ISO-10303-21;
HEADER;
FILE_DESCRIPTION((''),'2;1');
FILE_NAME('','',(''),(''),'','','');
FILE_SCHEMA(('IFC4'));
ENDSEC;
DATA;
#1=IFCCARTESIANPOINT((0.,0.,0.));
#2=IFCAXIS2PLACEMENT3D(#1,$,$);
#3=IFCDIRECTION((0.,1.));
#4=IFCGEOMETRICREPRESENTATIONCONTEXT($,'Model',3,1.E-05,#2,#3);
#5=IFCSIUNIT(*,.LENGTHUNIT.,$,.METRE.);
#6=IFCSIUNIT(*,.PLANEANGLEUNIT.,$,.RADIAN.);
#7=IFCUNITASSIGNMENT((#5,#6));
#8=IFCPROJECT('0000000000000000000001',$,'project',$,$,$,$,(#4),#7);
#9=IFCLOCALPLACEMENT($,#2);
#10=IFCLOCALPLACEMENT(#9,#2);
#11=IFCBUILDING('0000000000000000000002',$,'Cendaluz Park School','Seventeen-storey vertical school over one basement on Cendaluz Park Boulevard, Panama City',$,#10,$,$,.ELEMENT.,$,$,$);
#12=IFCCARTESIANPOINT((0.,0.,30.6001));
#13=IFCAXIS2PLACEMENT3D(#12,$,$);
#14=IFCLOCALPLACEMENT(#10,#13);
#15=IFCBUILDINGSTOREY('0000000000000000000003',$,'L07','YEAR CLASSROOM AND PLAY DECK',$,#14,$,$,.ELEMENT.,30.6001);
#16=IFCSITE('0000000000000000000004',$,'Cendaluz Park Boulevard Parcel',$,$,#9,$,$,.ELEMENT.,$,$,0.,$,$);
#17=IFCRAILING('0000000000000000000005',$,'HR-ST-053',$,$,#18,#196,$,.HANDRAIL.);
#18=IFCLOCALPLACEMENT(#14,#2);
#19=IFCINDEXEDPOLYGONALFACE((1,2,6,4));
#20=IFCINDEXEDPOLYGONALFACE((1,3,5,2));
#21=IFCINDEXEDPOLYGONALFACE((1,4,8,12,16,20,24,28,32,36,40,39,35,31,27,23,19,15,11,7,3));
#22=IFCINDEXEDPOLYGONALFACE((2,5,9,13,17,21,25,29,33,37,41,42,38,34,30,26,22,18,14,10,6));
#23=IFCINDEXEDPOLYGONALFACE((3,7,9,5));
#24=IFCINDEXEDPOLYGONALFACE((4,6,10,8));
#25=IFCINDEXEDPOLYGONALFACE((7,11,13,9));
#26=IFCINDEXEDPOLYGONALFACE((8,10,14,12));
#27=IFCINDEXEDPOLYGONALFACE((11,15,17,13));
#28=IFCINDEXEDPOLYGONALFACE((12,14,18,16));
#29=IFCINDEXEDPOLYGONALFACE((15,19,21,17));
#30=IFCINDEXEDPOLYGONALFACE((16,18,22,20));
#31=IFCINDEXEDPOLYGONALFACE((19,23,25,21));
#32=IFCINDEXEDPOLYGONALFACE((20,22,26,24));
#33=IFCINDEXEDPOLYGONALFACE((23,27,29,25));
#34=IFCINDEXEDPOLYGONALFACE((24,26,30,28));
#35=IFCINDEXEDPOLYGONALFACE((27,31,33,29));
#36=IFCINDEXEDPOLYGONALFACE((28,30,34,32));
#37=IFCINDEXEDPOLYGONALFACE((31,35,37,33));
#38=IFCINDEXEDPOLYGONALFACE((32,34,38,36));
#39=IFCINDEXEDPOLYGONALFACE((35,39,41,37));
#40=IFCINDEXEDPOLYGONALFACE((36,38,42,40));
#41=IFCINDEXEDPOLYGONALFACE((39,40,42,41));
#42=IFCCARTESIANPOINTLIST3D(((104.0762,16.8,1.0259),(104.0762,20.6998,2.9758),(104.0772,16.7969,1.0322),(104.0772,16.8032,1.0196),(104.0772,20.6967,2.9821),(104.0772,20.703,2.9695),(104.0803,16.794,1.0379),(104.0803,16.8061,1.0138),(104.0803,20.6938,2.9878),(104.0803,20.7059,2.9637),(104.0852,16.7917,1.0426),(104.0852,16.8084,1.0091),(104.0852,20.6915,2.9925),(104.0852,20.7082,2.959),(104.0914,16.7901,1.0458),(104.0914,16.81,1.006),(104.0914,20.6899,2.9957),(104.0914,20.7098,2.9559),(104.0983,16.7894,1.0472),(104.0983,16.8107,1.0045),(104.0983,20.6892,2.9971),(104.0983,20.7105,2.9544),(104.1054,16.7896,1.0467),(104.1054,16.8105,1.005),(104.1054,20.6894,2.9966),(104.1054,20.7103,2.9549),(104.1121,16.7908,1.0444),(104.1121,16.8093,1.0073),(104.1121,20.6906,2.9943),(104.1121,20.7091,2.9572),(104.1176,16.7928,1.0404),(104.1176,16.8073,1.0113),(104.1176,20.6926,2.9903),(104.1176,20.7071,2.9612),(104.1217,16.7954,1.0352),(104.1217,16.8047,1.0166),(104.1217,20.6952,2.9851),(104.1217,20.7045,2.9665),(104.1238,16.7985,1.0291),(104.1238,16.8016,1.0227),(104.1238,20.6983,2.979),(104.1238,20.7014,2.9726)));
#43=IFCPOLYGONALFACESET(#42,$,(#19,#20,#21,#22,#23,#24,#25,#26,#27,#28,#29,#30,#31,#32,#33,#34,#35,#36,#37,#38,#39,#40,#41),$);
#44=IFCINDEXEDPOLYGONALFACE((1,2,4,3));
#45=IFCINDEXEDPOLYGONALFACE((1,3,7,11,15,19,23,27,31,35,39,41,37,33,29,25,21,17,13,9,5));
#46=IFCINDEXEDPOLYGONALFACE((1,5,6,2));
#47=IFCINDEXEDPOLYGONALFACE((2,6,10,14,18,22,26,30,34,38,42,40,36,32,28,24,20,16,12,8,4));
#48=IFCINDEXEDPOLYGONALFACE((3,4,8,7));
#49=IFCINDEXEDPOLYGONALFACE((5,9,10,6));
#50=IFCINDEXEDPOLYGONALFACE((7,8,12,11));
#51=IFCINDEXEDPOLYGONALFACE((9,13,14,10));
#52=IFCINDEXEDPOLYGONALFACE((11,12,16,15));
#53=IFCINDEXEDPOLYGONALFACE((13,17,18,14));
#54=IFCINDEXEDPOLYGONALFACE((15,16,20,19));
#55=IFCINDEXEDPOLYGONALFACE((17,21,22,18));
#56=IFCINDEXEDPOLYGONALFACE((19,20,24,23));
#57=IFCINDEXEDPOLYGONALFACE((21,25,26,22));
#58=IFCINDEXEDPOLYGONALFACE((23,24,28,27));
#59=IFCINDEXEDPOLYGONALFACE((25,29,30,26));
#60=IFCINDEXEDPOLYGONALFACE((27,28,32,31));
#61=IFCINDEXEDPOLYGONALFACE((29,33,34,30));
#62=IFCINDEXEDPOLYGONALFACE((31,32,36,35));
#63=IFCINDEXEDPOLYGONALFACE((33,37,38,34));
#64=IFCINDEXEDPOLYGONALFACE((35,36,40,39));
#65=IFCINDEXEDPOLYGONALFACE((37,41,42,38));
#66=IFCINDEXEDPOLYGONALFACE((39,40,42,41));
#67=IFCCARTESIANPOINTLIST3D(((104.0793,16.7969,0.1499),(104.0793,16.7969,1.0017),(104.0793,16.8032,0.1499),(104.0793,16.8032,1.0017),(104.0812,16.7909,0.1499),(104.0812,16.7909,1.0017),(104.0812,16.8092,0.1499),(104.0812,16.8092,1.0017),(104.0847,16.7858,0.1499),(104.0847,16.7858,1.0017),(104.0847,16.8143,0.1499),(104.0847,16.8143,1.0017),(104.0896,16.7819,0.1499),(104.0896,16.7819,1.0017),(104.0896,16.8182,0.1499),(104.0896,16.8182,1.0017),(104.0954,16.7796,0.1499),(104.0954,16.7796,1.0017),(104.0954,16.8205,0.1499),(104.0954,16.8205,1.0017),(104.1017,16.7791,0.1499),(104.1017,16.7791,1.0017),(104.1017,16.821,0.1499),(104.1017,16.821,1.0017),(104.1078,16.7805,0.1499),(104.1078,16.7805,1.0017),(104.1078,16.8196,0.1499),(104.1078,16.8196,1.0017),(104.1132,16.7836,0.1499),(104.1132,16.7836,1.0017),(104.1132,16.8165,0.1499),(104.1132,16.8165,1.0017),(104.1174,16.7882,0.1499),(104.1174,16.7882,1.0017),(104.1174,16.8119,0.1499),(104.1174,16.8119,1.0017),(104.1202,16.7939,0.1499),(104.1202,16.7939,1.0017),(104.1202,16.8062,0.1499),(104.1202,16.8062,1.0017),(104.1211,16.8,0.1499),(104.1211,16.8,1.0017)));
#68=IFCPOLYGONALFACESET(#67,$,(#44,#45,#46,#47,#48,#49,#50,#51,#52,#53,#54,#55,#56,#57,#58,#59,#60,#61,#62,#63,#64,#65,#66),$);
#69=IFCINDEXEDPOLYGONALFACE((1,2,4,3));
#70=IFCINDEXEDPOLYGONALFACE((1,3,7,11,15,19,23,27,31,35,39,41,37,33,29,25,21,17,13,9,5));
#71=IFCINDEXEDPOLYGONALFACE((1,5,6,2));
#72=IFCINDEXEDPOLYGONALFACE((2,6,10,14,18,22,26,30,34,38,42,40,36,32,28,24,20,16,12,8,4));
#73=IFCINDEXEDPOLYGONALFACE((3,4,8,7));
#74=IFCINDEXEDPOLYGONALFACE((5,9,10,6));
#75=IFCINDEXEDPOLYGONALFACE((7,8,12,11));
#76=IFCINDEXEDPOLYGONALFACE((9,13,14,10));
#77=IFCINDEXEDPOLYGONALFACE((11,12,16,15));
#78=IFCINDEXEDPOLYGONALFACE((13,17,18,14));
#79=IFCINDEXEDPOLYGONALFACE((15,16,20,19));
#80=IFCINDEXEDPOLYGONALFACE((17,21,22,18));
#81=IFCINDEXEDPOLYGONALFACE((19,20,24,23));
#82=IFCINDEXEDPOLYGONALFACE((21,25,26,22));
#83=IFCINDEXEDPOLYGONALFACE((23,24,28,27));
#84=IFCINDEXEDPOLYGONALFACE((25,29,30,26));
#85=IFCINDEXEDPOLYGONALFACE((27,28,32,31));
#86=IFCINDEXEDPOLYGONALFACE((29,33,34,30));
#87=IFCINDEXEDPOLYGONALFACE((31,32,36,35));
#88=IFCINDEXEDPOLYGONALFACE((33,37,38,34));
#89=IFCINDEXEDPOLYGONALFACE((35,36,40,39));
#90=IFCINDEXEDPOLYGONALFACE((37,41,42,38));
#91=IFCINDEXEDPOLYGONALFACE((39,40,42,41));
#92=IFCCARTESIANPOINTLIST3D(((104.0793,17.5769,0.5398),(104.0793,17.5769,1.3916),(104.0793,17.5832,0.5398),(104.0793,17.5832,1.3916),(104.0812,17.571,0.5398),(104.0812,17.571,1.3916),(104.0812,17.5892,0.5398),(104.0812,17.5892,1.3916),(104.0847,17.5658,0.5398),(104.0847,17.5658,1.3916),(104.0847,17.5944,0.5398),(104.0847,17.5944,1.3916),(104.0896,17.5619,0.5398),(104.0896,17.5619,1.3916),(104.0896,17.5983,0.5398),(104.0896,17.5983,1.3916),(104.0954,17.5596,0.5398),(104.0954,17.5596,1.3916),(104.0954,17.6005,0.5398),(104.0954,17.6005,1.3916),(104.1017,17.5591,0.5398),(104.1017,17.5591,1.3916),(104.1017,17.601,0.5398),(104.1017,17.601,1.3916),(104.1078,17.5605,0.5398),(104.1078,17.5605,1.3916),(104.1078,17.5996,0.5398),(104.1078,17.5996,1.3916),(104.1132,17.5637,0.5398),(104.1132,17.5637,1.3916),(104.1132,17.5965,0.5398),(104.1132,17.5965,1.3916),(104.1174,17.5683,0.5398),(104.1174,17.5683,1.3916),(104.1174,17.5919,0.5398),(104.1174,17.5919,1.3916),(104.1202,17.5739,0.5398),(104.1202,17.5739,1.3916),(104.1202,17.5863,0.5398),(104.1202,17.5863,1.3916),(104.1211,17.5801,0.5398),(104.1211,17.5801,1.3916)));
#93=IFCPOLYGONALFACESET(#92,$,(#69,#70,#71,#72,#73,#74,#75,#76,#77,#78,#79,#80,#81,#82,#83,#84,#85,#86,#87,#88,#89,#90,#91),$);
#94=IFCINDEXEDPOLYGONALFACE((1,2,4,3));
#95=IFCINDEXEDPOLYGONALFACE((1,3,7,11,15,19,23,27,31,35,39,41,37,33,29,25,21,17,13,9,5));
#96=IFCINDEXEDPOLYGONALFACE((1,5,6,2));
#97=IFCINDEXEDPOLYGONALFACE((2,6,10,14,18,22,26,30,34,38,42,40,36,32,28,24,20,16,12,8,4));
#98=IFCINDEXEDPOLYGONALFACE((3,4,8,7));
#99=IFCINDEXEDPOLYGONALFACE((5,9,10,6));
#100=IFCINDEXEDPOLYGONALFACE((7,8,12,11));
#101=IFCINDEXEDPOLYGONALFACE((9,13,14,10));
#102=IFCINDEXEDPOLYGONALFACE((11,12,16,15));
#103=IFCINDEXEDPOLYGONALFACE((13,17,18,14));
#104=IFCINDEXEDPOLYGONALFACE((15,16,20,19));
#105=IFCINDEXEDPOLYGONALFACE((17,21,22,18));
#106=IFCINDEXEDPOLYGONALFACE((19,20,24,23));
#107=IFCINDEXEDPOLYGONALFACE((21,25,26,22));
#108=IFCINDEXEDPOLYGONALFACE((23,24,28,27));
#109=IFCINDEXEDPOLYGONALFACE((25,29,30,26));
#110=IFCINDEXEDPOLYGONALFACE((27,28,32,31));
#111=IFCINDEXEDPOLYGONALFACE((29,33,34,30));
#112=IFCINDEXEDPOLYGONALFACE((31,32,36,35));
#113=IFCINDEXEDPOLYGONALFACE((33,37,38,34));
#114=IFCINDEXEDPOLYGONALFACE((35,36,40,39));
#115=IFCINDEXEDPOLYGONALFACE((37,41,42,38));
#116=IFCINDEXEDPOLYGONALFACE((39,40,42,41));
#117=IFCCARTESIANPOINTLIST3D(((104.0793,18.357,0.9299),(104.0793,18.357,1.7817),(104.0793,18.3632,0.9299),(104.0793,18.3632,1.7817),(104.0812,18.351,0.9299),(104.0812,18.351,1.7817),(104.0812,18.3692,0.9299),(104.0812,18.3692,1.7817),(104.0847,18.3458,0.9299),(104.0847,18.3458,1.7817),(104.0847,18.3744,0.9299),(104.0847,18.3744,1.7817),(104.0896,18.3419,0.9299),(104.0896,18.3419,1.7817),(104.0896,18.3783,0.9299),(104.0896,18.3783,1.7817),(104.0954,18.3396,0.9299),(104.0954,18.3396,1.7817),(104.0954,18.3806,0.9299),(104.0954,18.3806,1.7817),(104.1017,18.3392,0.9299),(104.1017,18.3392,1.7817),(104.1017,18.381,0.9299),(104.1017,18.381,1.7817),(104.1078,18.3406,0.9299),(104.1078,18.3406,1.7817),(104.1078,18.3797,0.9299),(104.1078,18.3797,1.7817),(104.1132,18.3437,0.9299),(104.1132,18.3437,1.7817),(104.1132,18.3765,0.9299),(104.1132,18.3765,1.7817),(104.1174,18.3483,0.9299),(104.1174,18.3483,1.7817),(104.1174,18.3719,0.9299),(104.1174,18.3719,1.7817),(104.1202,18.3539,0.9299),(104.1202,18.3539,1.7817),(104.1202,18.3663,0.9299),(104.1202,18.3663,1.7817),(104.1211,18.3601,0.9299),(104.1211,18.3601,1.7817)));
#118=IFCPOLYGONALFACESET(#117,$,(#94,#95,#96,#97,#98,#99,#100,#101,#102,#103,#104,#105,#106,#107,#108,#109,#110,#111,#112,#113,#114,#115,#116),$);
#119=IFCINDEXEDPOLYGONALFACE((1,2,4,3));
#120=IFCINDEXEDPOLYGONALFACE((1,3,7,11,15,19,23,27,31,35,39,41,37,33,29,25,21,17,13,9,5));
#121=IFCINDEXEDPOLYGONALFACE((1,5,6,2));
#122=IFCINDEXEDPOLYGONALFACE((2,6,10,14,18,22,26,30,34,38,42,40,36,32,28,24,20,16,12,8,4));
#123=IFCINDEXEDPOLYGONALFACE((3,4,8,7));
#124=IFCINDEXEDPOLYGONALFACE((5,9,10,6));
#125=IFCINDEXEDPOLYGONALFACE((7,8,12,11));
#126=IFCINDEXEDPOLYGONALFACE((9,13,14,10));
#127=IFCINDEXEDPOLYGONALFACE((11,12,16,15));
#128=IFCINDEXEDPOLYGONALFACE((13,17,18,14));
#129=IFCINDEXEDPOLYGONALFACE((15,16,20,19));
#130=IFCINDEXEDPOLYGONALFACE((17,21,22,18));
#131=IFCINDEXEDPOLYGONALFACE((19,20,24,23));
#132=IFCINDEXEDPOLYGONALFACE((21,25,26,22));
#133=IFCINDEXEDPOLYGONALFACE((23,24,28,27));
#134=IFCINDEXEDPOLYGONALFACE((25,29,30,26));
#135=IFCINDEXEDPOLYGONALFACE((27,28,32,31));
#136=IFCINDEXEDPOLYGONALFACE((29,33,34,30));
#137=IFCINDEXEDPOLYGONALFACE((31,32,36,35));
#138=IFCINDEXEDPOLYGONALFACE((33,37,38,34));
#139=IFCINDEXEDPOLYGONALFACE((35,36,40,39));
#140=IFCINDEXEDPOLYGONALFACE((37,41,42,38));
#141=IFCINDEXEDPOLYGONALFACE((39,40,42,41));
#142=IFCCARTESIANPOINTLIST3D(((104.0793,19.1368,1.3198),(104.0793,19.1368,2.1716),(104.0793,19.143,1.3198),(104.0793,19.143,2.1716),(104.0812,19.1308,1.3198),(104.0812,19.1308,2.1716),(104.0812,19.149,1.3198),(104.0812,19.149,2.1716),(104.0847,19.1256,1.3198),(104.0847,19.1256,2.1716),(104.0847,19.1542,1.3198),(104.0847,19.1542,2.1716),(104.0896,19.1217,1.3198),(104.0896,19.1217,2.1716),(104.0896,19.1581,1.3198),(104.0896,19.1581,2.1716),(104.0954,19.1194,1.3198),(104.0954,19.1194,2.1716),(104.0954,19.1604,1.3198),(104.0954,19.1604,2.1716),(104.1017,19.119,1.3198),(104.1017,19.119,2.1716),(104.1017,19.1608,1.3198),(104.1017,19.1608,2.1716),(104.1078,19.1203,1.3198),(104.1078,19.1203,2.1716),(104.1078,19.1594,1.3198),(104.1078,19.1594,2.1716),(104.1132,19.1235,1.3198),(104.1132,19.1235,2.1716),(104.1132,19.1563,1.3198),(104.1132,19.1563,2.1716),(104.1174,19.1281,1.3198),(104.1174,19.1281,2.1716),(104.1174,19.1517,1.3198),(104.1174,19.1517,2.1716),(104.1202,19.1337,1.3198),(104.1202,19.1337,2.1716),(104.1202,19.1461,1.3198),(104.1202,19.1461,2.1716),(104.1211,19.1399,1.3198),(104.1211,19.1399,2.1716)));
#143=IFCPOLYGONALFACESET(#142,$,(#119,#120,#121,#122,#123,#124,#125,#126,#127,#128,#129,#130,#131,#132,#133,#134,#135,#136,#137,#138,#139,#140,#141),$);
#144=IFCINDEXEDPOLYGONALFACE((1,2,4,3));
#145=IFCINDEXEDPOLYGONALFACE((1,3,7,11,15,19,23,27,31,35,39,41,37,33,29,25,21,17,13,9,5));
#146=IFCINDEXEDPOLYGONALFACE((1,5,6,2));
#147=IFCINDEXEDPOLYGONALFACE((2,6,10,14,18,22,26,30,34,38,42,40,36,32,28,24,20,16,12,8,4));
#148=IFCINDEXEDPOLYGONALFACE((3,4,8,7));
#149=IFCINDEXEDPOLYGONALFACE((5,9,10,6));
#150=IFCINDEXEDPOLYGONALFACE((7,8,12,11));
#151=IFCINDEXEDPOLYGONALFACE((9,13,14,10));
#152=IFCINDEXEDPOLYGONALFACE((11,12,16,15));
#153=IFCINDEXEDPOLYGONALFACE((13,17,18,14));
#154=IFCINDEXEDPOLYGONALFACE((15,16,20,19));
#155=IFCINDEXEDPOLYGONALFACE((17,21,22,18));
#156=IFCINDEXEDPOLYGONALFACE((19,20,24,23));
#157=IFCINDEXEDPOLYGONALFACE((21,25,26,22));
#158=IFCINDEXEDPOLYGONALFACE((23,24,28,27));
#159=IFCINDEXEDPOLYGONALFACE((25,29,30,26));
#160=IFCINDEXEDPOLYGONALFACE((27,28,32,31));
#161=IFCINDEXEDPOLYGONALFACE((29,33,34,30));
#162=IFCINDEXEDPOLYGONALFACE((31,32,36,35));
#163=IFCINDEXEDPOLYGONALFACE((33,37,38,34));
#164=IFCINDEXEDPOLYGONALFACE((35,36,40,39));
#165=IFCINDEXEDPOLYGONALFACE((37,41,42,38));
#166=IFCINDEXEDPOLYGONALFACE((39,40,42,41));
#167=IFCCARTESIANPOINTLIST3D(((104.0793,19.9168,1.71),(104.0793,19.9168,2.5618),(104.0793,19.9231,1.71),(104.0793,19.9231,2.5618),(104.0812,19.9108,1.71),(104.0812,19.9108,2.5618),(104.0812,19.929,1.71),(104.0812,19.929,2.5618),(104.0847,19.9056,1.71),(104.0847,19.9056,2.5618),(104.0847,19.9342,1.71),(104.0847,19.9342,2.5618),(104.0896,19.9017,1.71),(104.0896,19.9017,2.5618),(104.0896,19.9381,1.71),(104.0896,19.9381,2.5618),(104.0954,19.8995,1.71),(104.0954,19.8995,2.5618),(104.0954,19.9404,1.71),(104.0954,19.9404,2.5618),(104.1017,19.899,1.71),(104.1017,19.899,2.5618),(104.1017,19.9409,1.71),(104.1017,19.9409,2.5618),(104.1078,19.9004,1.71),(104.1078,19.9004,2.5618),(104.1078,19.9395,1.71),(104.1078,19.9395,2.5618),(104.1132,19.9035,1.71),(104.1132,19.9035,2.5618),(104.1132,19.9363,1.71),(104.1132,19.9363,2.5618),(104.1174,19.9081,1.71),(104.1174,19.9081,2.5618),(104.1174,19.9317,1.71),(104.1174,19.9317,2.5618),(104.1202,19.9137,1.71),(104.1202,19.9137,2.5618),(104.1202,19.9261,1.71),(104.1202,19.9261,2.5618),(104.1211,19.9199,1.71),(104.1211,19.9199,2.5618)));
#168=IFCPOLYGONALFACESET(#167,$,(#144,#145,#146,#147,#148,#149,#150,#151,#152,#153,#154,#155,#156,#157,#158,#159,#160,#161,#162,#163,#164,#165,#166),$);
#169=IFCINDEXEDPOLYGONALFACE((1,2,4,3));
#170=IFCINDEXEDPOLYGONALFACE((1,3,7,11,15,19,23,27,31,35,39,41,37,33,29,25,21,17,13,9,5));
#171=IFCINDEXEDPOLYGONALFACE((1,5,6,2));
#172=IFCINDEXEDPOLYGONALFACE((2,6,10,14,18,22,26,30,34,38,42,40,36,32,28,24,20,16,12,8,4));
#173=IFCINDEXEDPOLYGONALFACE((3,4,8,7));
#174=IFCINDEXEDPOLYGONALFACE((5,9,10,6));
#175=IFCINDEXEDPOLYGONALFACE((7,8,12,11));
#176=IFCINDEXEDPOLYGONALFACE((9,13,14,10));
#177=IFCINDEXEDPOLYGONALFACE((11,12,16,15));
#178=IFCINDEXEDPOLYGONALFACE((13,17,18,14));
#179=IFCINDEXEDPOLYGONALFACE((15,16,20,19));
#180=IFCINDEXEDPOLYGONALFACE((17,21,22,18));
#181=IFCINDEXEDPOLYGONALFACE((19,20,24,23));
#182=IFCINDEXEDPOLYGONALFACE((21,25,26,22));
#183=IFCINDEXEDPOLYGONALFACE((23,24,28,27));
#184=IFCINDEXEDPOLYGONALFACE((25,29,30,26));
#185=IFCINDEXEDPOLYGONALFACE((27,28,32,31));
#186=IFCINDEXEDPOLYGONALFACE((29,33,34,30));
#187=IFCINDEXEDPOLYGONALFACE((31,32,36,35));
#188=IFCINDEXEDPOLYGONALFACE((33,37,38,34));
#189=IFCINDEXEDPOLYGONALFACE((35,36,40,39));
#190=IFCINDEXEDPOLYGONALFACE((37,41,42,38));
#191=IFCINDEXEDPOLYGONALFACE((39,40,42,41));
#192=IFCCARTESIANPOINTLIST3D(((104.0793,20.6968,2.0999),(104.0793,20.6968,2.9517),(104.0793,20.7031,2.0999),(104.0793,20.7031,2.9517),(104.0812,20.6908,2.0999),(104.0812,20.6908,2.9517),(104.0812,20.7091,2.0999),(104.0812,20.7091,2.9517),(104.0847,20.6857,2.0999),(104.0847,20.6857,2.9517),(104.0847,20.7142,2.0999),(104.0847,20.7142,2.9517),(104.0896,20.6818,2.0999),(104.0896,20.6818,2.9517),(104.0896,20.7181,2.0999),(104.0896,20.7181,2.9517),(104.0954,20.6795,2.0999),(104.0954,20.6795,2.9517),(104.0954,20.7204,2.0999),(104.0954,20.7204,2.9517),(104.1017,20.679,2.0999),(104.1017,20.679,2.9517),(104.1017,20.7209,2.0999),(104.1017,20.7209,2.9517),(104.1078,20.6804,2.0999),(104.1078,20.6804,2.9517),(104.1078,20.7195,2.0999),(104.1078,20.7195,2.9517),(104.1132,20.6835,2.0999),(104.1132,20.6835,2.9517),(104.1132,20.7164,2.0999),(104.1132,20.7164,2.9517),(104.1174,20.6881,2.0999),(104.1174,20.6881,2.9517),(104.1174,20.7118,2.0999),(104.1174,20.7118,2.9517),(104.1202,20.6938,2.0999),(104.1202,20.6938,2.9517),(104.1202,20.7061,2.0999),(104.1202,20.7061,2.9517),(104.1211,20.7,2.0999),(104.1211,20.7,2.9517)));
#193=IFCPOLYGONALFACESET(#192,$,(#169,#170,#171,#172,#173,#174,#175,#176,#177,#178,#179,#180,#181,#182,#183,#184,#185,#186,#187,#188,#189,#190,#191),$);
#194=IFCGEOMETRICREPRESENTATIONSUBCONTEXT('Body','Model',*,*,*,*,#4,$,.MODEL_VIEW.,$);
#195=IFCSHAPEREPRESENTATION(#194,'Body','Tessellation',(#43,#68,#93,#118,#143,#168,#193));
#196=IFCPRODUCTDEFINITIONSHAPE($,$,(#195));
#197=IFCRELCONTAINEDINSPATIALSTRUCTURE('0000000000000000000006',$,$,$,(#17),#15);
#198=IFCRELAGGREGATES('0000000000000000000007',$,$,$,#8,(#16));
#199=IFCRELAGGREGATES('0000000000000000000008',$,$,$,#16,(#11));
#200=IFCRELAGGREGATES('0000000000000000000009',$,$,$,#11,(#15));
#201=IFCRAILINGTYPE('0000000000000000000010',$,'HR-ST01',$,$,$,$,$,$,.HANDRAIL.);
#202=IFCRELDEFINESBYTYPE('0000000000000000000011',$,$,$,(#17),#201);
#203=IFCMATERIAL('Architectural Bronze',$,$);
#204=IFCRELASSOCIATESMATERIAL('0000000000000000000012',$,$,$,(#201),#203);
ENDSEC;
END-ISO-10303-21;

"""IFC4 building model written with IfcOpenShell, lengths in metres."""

from ifc_helpers import new_model, si_unit, direction, frame, origin, origin_2d, place, context, subcontext, project, spatial, circle, extrude, material, type_object, element, save


model = new_model("IFC4")

# Units and contexts
model_context = context("Model", 3, precision=1e-05, world=origin(), true_north=direction((0.0, 1.0)))
body_context = subcontext(model_context, "Body", "Model", "MODEL_VIEW")
ifc_project = project(units=[si_unit("LENGTHUNIT", "METRE"), si_unit("PLANEANGLEUNIT", "RADIAN")], contexts=[model_context])

# Site, building, storey
site_placement = place(None, origin())
site = spatial("IfcSite", under=ifc_project, at=site_placement, Name="Cendaluz Park Boulevard Parcel", CompositionType="ELEMENT", RefElevation=0.0)
building_placement = place(site_placement, origin())
building = spatial("IfcBuilding", under=site, at=building_placement, Name="Cendaluz Park School", Description="Seventeen-storey vertical school over one basement on Cendaluz Park Boulevard, Panama City", CompositionType="ELEMENT")
storey_placement = place(building_placement, frame((0.0, 0.0, 30.6001)))
storey = spatial("IfcBuildingStorey", under=building, at=storey_placement, Name="L07", Description="YEAR CLASSROOM AND PLAY DECK", CompositionType="ELEMENT", Elevation=30.6001)

# Railing
ifc_material_1 = material(Name="Architectural Bronze")
railing_type_1 = type_object("IfcRailingType", Name="HR-ST01", PredefinedType="HANDRAIL", material=ifc_material_1)
railing_1_placement = place(storey_placement, frame((104.1001, 16.8, 0.1499)))
element("IfcRailing", 1, at=railing_1_placement, inside=storey, type_object=railing_type_1, Name="HR-ST-053", PredefinedType="HANDRAIL", context=body_context, shape_type="SweptSolid", body=[
    extrude(circle(Radius=0.0239, at=origin_2d()), frame((0.0, 0.0, 0.876), z_axis=(0.0, 0.894427, 0.447214), x_axis=(-1.0, 0.0, 0.0)), (0.0, 0.0, 1.0), 4.3601),
    extrude(circle(Radius=0.021, at=origin_2d()), origin(), (0.0, 0.0, 1.0), 0.8518),
    extrude(circle(Radius=0.021, at=origin_2d()), frame((0.0, 0.78, 0.3899)), (0.0, 0.0, 1.0), 0.8518),
    extrude(circle(Radius=0.021, at=origin_2d()), frame((0.0, 1.5601, 0.78)), (0.0, 0.0, 1.0), 0.8518),
    extrude(circle(Radius=0.021, at=origin_2d()), frame((0.0, 2.3398, 1.1699)), (0.0, 0.0, 1.0), 0.8518),
    extrude(circle(Radius=0.021, at=origin_2d()), frame((0.0, 3.1199, 1.5601)), (0.0, 0.0, 1.0), 0.8518),
    extrude(circle(Radius=0.021, at=origin_2d()), frame((0.0, 3.8999, 1.95)), (0.0, 0.0, 1.0), 0.8518),
])

save(model, "model.ifc")
